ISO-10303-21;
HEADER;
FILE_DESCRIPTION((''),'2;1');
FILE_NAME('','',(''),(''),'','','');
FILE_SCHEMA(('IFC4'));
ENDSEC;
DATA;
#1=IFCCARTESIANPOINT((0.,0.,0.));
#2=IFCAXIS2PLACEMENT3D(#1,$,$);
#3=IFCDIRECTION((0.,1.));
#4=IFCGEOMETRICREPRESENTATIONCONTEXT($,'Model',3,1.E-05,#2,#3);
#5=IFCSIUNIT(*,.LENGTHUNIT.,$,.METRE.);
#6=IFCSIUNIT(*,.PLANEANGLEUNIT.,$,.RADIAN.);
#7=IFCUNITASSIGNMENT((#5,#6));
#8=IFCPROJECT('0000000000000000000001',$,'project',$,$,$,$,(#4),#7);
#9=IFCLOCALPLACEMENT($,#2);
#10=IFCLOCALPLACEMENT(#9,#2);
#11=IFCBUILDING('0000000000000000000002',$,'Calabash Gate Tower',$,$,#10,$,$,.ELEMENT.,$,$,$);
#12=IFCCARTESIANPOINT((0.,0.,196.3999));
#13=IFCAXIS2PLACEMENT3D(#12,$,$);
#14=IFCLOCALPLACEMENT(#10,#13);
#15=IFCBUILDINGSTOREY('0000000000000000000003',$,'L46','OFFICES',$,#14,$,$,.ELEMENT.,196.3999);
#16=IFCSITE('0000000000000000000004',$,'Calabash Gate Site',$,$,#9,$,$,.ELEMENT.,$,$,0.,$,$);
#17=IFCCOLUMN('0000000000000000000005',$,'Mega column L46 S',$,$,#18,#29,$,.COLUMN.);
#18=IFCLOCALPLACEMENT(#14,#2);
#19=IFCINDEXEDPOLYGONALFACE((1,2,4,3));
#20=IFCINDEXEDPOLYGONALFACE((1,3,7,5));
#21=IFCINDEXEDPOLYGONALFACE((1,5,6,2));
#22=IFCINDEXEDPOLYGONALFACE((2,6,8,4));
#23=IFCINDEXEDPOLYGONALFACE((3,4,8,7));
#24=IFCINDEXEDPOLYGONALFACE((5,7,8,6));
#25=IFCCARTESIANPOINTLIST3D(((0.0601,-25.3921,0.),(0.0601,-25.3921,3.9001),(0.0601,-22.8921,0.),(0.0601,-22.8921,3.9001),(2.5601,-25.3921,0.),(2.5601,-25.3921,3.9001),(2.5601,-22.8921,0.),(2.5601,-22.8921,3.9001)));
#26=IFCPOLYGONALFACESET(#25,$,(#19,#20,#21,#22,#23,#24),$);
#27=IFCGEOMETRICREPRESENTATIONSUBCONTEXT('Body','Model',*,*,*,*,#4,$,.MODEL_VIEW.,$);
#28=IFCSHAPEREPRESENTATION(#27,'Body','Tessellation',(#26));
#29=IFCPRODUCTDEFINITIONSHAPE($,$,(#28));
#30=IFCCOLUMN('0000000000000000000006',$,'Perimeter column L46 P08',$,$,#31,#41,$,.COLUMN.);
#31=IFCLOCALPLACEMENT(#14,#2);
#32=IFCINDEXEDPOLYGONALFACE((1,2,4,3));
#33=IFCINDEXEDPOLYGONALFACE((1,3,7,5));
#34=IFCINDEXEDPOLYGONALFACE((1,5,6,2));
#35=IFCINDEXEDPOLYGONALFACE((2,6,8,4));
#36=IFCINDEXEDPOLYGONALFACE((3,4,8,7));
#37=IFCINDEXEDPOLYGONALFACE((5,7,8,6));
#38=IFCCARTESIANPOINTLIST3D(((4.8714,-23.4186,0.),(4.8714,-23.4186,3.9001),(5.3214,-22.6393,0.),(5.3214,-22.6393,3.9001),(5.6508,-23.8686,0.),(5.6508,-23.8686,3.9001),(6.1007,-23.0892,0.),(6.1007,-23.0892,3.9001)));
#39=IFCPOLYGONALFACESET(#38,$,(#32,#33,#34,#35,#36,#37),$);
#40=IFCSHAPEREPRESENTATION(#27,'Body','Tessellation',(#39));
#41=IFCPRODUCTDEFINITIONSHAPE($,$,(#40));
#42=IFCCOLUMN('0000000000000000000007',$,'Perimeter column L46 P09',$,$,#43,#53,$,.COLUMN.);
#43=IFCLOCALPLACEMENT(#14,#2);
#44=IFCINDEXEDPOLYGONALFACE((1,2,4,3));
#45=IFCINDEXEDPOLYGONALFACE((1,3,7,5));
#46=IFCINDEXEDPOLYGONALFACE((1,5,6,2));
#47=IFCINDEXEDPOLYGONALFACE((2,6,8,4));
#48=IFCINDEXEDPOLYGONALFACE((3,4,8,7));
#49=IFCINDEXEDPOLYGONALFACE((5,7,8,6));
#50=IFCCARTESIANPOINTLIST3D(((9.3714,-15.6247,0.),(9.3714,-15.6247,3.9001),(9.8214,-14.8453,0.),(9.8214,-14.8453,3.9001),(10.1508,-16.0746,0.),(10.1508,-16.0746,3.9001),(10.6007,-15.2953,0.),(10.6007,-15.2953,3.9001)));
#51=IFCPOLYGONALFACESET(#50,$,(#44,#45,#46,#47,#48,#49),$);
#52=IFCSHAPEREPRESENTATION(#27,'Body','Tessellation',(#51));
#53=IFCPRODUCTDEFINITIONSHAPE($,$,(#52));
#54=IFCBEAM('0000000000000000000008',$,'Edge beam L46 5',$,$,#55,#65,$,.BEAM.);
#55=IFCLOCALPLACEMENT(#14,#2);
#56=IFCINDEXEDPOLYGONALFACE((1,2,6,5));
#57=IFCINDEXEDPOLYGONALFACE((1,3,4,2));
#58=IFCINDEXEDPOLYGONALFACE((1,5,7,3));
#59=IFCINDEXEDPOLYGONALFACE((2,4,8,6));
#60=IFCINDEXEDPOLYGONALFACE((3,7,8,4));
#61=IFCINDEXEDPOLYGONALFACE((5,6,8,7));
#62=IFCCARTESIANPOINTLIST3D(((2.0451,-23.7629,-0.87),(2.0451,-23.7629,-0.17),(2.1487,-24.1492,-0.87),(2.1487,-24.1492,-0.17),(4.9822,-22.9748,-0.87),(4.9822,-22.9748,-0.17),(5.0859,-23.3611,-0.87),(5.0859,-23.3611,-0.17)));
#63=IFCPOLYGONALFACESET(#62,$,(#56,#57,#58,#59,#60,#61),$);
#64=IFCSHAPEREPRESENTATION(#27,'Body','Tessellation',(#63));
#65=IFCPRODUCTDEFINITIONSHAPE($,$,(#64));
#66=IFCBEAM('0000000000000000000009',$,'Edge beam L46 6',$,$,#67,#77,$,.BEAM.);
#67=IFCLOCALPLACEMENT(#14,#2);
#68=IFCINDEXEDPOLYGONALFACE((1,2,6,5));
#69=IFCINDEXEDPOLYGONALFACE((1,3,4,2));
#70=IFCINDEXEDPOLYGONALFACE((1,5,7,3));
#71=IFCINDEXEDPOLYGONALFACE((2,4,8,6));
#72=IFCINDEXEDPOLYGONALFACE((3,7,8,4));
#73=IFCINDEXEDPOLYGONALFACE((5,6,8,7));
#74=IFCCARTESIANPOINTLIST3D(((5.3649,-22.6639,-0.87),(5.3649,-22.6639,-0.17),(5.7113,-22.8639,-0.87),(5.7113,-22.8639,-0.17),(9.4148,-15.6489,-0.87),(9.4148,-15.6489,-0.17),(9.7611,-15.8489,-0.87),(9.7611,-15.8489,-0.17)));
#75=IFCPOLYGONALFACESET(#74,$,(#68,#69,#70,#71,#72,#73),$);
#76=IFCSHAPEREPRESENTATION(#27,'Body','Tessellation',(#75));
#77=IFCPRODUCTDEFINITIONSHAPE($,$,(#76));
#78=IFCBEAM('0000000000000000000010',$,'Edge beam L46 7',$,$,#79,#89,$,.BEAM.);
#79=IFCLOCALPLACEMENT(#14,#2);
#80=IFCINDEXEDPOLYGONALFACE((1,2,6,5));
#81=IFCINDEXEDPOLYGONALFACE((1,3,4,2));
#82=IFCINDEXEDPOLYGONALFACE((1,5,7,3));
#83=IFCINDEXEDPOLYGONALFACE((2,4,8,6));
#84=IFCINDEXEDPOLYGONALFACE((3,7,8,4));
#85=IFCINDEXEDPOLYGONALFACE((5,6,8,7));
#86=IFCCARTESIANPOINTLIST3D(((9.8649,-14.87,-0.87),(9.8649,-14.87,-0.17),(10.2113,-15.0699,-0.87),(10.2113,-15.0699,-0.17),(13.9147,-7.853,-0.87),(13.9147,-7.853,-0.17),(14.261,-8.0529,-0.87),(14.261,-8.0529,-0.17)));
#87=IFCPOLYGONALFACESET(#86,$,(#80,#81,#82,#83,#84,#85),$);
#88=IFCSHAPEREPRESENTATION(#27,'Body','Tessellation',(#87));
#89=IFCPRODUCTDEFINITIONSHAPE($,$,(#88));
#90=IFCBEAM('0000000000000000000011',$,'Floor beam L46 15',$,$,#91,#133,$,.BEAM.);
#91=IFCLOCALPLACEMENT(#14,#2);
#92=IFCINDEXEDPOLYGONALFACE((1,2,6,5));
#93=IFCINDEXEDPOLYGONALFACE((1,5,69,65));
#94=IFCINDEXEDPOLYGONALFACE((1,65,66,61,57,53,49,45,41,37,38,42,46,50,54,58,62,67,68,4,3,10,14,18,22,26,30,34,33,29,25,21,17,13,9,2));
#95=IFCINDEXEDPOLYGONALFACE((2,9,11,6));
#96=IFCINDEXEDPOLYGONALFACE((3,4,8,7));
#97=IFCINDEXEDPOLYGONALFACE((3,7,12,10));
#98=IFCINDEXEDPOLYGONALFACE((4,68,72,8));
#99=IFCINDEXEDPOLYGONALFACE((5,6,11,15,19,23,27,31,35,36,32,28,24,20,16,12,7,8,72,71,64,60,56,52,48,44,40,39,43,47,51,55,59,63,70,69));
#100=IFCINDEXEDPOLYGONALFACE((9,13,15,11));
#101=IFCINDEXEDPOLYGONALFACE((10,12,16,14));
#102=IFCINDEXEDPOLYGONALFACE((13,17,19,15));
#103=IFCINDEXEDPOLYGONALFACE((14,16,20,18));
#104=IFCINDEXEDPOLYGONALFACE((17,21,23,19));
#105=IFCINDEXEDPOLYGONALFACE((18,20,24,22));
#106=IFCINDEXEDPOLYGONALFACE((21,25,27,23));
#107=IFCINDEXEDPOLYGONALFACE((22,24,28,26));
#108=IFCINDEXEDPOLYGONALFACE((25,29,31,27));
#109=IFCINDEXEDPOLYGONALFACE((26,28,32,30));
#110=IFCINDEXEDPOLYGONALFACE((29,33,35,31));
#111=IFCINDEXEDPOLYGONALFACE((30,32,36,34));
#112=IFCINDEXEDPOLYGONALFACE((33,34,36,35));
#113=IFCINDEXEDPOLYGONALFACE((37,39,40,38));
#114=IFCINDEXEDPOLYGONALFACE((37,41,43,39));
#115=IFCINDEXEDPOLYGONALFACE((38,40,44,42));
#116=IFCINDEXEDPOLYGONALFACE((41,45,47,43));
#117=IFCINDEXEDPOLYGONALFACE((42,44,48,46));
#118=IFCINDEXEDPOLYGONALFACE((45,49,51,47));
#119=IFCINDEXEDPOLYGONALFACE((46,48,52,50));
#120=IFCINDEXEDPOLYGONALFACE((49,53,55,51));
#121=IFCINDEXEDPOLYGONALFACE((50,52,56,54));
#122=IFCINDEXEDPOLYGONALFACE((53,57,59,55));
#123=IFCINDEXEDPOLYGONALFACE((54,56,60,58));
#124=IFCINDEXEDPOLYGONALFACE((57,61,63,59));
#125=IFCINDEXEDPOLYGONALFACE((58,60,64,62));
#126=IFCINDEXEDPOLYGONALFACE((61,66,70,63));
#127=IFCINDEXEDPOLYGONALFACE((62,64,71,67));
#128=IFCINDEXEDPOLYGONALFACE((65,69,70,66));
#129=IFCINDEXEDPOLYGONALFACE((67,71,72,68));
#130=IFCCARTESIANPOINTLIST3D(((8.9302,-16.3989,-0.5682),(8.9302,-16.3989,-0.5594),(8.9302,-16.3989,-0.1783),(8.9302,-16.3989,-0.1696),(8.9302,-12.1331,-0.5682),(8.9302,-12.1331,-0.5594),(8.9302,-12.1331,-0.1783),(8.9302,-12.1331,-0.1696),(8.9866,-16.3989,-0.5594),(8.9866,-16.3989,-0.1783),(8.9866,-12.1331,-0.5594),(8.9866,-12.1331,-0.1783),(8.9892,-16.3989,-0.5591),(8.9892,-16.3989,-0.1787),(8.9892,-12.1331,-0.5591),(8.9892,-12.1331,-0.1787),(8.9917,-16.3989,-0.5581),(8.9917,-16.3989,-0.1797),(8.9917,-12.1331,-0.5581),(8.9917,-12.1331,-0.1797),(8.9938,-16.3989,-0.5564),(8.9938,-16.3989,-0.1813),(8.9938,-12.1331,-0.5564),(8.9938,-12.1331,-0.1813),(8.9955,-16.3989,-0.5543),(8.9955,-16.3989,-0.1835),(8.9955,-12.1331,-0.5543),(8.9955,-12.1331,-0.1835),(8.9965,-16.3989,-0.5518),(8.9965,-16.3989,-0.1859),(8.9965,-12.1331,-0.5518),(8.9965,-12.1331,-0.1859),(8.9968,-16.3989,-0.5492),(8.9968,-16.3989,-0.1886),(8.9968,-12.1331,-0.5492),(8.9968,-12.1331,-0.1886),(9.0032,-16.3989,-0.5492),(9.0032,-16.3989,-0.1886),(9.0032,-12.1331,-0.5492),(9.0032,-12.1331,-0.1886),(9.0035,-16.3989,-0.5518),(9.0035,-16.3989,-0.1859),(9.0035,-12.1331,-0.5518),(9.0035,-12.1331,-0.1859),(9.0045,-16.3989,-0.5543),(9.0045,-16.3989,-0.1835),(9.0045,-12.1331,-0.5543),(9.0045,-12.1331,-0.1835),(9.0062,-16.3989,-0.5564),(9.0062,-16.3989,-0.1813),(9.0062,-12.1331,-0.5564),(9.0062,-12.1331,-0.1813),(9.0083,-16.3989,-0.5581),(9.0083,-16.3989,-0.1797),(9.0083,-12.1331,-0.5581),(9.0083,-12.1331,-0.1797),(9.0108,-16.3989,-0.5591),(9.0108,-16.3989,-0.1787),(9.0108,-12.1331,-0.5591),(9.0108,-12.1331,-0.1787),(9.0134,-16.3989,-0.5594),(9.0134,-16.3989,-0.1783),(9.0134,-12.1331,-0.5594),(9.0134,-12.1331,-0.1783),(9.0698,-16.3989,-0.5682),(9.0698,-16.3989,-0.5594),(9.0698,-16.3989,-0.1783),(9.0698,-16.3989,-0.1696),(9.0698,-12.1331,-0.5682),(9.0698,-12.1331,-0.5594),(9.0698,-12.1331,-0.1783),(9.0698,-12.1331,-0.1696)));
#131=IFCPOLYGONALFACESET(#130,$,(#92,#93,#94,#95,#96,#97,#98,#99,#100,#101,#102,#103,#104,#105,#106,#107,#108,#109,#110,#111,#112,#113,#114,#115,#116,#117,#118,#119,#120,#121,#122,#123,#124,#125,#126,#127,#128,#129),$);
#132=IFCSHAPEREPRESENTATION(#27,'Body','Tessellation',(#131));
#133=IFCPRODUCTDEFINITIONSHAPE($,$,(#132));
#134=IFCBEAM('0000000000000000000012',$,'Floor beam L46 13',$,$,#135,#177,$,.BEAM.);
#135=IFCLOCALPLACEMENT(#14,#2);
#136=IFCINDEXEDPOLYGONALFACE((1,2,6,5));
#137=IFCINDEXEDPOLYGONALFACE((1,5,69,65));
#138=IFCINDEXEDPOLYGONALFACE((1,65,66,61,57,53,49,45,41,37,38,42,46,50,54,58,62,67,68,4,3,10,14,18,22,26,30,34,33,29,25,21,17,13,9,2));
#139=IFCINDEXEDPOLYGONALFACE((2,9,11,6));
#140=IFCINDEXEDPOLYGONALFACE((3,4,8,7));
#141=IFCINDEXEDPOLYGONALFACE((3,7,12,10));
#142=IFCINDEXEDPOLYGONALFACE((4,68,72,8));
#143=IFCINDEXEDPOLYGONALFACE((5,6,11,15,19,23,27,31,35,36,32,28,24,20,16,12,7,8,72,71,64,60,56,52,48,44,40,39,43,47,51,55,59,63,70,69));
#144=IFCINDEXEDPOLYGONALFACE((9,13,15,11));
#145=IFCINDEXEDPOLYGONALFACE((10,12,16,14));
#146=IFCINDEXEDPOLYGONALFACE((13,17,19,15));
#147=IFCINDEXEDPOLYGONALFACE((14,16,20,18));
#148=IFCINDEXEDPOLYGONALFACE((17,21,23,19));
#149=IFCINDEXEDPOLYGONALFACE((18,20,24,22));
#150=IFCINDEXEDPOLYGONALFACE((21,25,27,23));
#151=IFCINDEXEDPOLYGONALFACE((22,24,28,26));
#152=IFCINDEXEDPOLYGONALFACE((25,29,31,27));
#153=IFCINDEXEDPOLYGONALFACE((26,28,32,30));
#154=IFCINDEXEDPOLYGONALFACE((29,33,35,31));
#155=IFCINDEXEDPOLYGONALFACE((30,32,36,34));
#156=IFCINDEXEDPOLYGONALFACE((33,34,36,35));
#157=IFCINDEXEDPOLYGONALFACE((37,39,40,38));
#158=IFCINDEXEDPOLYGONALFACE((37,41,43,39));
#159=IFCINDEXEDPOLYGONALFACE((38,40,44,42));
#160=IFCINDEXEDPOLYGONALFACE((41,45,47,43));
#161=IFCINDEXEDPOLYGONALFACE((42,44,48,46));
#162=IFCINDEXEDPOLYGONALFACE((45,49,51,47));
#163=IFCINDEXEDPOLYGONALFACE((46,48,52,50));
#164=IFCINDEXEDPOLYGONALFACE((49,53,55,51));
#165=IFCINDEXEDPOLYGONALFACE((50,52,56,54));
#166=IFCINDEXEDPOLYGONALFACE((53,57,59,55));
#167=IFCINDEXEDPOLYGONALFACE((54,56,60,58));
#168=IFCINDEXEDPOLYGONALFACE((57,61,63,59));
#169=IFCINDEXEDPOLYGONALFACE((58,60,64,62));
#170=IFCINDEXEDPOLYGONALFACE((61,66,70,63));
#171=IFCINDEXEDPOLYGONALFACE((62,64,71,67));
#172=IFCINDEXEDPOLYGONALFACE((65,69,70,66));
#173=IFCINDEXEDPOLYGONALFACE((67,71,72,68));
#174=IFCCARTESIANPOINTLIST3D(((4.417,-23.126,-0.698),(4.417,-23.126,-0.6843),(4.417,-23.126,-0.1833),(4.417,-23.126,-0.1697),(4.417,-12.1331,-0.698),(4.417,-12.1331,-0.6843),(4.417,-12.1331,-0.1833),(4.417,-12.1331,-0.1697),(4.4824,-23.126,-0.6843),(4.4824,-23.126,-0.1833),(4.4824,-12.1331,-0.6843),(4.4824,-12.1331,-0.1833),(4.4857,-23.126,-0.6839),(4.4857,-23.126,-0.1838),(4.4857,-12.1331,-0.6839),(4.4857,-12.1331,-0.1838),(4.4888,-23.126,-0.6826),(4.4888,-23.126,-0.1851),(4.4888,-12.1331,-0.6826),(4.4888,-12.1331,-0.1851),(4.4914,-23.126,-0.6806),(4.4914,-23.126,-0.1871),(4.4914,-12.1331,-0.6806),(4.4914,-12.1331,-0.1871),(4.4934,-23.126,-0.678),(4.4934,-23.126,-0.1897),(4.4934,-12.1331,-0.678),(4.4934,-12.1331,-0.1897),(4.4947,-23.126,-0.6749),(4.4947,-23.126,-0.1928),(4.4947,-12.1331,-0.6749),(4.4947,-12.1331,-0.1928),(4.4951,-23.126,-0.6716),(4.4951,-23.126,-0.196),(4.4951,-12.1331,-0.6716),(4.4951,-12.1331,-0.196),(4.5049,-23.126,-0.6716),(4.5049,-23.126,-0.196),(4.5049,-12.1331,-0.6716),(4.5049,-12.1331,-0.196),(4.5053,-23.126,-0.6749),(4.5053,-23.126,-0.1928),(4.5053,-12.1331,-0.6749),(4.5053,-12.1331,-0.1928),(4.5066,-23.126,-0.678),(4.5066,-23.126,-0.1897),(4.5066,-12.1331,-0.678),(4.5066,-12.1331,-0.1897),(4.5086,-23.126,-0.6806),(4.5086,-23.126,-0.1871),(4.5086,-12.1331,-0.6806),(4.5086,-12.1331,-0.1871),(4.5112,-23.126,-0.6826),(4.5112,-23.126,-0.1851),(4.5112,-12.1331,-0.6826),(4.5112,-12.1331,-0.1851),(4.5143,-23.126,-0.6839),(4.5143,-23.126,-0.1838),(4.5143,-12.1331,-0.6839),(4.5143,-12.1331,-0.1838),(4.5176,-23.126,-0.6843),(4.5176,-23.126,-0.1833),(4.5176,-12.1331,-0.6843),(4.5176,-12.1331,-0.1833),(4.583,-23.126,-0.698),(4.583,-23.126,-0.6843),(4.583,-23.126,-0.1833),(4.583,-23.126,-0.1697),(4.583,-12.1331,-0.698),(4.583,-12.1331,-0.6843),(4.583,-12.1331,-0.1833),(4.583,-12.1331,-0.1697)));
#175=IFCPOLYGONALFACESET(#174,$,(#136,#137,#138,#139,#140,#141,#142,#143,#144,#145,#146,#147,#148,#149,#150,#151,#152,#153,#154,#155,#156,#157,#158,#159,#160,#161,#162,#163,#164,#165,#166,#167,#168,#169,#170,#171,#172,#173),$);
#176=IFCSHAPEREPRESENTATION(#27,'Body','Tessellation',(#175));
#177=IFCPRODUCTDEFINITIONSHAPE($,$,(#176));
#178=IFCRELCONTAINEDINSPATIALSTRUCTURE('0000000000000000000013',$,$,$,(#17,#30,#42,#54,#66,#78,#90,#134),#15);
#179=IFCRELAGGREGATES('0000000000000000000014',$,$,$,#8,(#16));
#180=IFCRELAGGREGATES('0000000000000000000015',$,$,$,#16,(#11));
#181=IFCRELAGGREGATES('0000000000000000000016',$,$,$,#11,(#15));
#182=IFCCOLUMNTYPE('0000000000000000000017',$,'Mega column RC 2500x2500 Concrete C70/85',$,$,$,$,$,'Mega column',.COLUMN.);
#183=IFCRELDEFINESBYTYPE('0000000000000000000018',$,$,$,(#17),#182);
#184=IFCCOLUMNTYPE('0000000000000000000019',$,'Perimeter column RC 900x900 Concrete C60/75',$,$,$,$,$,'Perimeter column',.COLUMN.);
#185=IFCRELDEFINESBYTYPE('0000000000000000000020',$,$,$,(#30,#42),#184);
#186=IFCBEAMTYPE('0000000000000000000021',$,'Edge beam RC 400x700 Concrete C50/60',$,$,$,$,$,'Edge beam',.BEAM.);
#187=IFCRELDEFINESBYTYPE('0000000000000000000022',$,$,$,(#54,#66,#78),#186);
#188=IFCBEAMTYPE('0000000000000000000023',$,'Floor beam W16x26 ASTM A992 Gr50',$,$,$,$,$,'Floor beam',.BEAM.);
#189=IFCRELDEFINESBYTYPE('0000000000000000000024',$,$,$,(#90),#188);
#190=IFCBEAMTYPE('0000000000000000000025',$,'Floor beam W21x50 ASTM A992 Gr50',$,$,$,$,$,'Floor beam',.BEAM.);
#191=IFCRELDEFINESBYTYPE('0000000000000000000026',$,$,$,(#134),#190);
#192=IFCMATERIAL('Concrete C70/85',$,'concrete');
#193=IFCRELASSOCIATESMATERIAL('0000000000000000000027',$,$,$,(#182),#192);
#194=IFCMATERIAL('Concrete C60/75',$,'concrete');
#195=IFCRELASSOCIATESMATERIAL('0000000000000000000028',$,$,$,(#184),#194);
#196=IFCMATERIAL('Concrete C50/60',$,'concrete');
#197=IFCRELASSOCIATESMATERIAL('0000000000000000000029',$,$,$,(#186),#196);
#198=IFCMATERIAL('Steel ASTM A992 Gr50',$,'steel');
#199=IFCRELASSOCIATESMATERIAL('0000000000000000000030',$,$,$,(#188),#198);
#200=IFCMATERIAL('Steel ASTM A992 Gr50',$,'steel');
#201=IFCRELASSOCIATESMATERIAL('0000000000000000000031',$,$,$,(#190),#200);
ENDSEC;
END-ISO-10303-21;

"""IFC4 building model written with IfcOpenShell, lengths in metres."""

from ifc_helpers import new_model, si_unit, direction, frame, origin, origin_2d, place, context, subcontext, project, spatial, rectangle, i_section, extrude, material, material_profile, profile_set, type_object, element, save


model = new_model("IFC4")

# Units and contexts
model_context = context("Model", 3, precision=1e-05, world=origin(), true_north=direction((0.0, 1.0)))
body_context = subcontext(model_context, "Body", "Model", "MODEL_VIEW")
ifc_project = project(units=[si_unit("LENGTHUNIT", "METRE"), si_unit("PLANEANGLEUNIT", "RADIAN")], contexts=[model_context])

# Site, building, storey
site_placement = place(None, origin())
site = spatial("IfcSite", under=ifc_project, at=site_placement, Name="Calabash Gate Site", CompositionType="ELEMENT", RefElevation=0.0)
building_placement = place(site_placement, origin())
building = spatial("IfcBuilding", under=site, at=building_placement, Name="Calabash Gate Tower", CompositionType="ELEMENT")
storey_placement = place(building_placement, frame((0.0, 0.0, 196.3999)))
storey = spatial("IfcBuildingStorey", under=building, at=storey_placement, Name="L46", Description="OFFICES", CompositionType="ELEMENT", Elevation=196.3999)

# Columns
ifc_material_1 = material(Name="Concrete C70/85", Category="concrete")
ifc_material_profile_1 = material_profile(ifc_material_1, rectangle(XDim=2.5, YDim=2.5, at=origin_2d()))
ifc_profile_set_1 = profile_set([ifc_material_profile_1], Name="Concrete C70/85")
column_type_1 = type_object("IfcColumnType", Name="Mega column RC 2500x2500 Concrete C70/85", ElementType="Mega column", PredefinedType="COLUMN", material=ifc_profile_set_1)
column_placement = place(storey_placement, frame((1.3101, -24.1421, 0.0), z_axis=(0.0, 0.0, 1.0), x_axis=(0.0, 1.0, 0.0)))
element("IfcColumn", 1, at=column_placement, inside=storey, type_object=column_type_1, Name="Mega column L46 S", PredefinedType="COLUMN", context=body_context, shape_type="SweptSolid", body=[
    extrude(rectangle(XDim=2.5, YDim=2.5, at=origin_2d()), origin(), (0.0, 0.0, 1.0), 3.9001),
])
ifc_material_2 = material(Name="Concrete C60/75", Category="concrete")
ifc_material_profile_2 = material_profile(ifc_material_2, rectangle(XDim=0.8999, YDim=0.8999, at=origin_2d()))
ifc_profile_set_2 = profile_set([ifc_material_profile_2], Name="Concrete C60/75")
column_type_2 = type_object("IfcColumnType", Name="Perimeter column RC 900x900 Concrete C60/75", ElementType="Perimeter column", PredefinedType="COLUMN", material=ifc_profile_set_2)
for number, where, z_axis, x_axis, name in (
    (2, (5.4861, -23.2539, 0.0), (0.0, 0.0, 1.0), (0.5, 0.866025, 0.0), "Perimeter column L46 P08"),
    (3, (9.9861, -15.46, 0.0), (0.0, 0.0, 1.0), (0.5, 0.866025, 0.0), "Perimeter column L46 P09"),
):
    element("IfcColumn", number, at=place(storey_placement, frame(where, z_axis=z_axis, x_axis=x_axis)), inside=storey, type_object=column_type_2, Name=name, PredefinedType="COLUMN", context=body_context, shape_type="SweptSolid", body=[
        extrude(rectangle(XDim=0.8999, YDim=0.8999, at=origin_2d()), origin(), (0.0, 0.0, 1.0), 3.9001),
    ])

# Beams
ifc_material_3 = material(Name="Concrete C50/60", Category="concrete")
ifc_material_profile_3 = material_profile(ifc_material_3, rectangle(XDim=0.3999, YDim=0.7, at=origin_2d()))
ifc_profile_set_3 = profile_set([ifc_material_profile_3], Name="Concrete C50/60")
beam_type_1 = type_object("IfcBeamType", Name="Edge beam RC 400x700 Concrete C50/60", ElementType="Edge beam", PredefinedType="BEAM", material=ifc_profile_set_3)
beam_1_placement = place(storey_placement, frame((2.0969, -23.9561, -0.52), z_axis=(0.965834, 0.259161, 0.0), x_axis=(-0.259161, 0.965834, 0.0)))
element("IfcBeam", 4, at=beam_1_placement, inside=storey, type_object=beam_type_1, Name="Edge beam L46 5", PredefinedType="BEAM", context=body_context, shape_type="SweptSolid", body=[
    extrude(rectangle(XDim=0.3999, YDim=0.7, at=origin_2d()), origin(), (0.0, 0.0, 1.0), 3.041),
])
beam_2_placement = place(storey_placement, frame((5.5381, -22.7639, -0.52), z_axis=(0.499977, 0.866039, 0.0), x_axis=(-0.866039, 0.499977, 0.0)))
element("IfcBeam", 5, at=beam_2_placement, inside=storey, type_object=beam_type_1, Name="Edge beam L46 6", PredefinedType="BEAM", context=body_context, shape_type="SweptSolid", body=[
    extrude(rectangle(XDim=0.3999, YDim=0.7, at=origin_2d()), origin(), (0.0, 0.0, 1.0), 8.1001),
])
beam_3_placement = place(storey_placement, frame((10.0381, -14.97, -0.52), z_axis=(0.49986, 0.866106, 0.0), x_axis=(-0.866106, 0.49986, 0.0)))
element("IfcBeam", 6, at=beam_3_placement, inside=storey, type_object=beam_type_1, Name="Edge beam L46 7", PredefinedType="BEAM", context=body_context, shape_type="SweptSolid", body=[
    extrude(rectangle(XDim=0.3999, YDim=0.7, at=origin_2d()), origin(), (0.0, 0.0, 1.0), 8.1018),
])
ifc_material_4 = material(Name="Steel ASTM A992 Gr50", Category="steel")
ifc_material_profile_4 = material_profile(ifc_material_4, i_section(OverallWidth=0.1396, OverallDepth=0.3987, WebThickness=0.0063, FlangeThickness=0.0088, FilletRadius=0.0103, at=origin_2d()))
ifc_profile_set_4 = profile_set([ifc_material_profile_4], Name="Steel ASTM A992 Gr50")
beam_type_2 = type_object("IfcBeamType", Name="Floor beam W16x26 ASTM A992 Gr50", ElementType="Floor beam", PredefinedType="BEAM", material=ifc_profile_set_4)
beam_4_placement = place(storey_placement, frame((9.0, -16.3989, -0.3689), z_axis=(0.0, 1.0, 0.0), x_axis=(-1.0, 0.0, 0.0)))
element("IfcBeam", 7, at=beam_4_placement, inside=storey, type_object=beam_type_2, Name="Floor beam L46 15", PredefinedType="BEAM", context=body_context, shape_type="SweptSolid", body=[
    extrude(i_section(OverallWidth=0.1396, OverallDepth=0.3987, WebThickness=0.0063, FlangeThickness=0.0088, FilletRadius=0.0103, at=origin_2d()), origin(), (0.0, 0.0, 1.0), 4.2659),
])
ifc_material_5 = material(Name="Steel ASTM A992 Gr50", Category="steel")
ifc_material_profile_5 = material_profile(ifc_material_5, i_section(OverallWidth=0.166, OverallDepth=0.5283, WebThickness=0.0098, FlangeThickness=0.0137, FilletRadius=0.0127, at=origin_2d()))
ifc_profile_set_5 = profile_set([ifc_material_profile_5], Name="Steel ASTM A992 Gr50")
beam_type_3 = type_object("IfcBeamType", Name="Floor beam W21x50 ASTM A992 Gr50", ElementType="Floor beam", PredefinedType="BEAM", material=ifc_profile_set_5)
beam_5_placement = place(storey_placement, frame((4.5, -23.126, -0.4338), z_axis=(0.0, 1.0, 0.0), x_axis=(-1.0, 0.0, 0.0)))
element("IfcBeam", 8, at=beam_5_placement, inside=storey, type_object=beam_type_3, Name="Floor beam L46 13", PredefinedType="BEAM", context=body_context, shape_type="SweptSolid", body=[
    extrude(i_section(OverallWidth=0.166, OverallDepth=0.5283, WebThickness=0.0098, FlangeThickness=0.0137, FilletRadius=0.0127, at=origin_2d()), origin(), (0.0, 0.0, 1.0), 10.9929),
])

save(model, "model.ifc")
